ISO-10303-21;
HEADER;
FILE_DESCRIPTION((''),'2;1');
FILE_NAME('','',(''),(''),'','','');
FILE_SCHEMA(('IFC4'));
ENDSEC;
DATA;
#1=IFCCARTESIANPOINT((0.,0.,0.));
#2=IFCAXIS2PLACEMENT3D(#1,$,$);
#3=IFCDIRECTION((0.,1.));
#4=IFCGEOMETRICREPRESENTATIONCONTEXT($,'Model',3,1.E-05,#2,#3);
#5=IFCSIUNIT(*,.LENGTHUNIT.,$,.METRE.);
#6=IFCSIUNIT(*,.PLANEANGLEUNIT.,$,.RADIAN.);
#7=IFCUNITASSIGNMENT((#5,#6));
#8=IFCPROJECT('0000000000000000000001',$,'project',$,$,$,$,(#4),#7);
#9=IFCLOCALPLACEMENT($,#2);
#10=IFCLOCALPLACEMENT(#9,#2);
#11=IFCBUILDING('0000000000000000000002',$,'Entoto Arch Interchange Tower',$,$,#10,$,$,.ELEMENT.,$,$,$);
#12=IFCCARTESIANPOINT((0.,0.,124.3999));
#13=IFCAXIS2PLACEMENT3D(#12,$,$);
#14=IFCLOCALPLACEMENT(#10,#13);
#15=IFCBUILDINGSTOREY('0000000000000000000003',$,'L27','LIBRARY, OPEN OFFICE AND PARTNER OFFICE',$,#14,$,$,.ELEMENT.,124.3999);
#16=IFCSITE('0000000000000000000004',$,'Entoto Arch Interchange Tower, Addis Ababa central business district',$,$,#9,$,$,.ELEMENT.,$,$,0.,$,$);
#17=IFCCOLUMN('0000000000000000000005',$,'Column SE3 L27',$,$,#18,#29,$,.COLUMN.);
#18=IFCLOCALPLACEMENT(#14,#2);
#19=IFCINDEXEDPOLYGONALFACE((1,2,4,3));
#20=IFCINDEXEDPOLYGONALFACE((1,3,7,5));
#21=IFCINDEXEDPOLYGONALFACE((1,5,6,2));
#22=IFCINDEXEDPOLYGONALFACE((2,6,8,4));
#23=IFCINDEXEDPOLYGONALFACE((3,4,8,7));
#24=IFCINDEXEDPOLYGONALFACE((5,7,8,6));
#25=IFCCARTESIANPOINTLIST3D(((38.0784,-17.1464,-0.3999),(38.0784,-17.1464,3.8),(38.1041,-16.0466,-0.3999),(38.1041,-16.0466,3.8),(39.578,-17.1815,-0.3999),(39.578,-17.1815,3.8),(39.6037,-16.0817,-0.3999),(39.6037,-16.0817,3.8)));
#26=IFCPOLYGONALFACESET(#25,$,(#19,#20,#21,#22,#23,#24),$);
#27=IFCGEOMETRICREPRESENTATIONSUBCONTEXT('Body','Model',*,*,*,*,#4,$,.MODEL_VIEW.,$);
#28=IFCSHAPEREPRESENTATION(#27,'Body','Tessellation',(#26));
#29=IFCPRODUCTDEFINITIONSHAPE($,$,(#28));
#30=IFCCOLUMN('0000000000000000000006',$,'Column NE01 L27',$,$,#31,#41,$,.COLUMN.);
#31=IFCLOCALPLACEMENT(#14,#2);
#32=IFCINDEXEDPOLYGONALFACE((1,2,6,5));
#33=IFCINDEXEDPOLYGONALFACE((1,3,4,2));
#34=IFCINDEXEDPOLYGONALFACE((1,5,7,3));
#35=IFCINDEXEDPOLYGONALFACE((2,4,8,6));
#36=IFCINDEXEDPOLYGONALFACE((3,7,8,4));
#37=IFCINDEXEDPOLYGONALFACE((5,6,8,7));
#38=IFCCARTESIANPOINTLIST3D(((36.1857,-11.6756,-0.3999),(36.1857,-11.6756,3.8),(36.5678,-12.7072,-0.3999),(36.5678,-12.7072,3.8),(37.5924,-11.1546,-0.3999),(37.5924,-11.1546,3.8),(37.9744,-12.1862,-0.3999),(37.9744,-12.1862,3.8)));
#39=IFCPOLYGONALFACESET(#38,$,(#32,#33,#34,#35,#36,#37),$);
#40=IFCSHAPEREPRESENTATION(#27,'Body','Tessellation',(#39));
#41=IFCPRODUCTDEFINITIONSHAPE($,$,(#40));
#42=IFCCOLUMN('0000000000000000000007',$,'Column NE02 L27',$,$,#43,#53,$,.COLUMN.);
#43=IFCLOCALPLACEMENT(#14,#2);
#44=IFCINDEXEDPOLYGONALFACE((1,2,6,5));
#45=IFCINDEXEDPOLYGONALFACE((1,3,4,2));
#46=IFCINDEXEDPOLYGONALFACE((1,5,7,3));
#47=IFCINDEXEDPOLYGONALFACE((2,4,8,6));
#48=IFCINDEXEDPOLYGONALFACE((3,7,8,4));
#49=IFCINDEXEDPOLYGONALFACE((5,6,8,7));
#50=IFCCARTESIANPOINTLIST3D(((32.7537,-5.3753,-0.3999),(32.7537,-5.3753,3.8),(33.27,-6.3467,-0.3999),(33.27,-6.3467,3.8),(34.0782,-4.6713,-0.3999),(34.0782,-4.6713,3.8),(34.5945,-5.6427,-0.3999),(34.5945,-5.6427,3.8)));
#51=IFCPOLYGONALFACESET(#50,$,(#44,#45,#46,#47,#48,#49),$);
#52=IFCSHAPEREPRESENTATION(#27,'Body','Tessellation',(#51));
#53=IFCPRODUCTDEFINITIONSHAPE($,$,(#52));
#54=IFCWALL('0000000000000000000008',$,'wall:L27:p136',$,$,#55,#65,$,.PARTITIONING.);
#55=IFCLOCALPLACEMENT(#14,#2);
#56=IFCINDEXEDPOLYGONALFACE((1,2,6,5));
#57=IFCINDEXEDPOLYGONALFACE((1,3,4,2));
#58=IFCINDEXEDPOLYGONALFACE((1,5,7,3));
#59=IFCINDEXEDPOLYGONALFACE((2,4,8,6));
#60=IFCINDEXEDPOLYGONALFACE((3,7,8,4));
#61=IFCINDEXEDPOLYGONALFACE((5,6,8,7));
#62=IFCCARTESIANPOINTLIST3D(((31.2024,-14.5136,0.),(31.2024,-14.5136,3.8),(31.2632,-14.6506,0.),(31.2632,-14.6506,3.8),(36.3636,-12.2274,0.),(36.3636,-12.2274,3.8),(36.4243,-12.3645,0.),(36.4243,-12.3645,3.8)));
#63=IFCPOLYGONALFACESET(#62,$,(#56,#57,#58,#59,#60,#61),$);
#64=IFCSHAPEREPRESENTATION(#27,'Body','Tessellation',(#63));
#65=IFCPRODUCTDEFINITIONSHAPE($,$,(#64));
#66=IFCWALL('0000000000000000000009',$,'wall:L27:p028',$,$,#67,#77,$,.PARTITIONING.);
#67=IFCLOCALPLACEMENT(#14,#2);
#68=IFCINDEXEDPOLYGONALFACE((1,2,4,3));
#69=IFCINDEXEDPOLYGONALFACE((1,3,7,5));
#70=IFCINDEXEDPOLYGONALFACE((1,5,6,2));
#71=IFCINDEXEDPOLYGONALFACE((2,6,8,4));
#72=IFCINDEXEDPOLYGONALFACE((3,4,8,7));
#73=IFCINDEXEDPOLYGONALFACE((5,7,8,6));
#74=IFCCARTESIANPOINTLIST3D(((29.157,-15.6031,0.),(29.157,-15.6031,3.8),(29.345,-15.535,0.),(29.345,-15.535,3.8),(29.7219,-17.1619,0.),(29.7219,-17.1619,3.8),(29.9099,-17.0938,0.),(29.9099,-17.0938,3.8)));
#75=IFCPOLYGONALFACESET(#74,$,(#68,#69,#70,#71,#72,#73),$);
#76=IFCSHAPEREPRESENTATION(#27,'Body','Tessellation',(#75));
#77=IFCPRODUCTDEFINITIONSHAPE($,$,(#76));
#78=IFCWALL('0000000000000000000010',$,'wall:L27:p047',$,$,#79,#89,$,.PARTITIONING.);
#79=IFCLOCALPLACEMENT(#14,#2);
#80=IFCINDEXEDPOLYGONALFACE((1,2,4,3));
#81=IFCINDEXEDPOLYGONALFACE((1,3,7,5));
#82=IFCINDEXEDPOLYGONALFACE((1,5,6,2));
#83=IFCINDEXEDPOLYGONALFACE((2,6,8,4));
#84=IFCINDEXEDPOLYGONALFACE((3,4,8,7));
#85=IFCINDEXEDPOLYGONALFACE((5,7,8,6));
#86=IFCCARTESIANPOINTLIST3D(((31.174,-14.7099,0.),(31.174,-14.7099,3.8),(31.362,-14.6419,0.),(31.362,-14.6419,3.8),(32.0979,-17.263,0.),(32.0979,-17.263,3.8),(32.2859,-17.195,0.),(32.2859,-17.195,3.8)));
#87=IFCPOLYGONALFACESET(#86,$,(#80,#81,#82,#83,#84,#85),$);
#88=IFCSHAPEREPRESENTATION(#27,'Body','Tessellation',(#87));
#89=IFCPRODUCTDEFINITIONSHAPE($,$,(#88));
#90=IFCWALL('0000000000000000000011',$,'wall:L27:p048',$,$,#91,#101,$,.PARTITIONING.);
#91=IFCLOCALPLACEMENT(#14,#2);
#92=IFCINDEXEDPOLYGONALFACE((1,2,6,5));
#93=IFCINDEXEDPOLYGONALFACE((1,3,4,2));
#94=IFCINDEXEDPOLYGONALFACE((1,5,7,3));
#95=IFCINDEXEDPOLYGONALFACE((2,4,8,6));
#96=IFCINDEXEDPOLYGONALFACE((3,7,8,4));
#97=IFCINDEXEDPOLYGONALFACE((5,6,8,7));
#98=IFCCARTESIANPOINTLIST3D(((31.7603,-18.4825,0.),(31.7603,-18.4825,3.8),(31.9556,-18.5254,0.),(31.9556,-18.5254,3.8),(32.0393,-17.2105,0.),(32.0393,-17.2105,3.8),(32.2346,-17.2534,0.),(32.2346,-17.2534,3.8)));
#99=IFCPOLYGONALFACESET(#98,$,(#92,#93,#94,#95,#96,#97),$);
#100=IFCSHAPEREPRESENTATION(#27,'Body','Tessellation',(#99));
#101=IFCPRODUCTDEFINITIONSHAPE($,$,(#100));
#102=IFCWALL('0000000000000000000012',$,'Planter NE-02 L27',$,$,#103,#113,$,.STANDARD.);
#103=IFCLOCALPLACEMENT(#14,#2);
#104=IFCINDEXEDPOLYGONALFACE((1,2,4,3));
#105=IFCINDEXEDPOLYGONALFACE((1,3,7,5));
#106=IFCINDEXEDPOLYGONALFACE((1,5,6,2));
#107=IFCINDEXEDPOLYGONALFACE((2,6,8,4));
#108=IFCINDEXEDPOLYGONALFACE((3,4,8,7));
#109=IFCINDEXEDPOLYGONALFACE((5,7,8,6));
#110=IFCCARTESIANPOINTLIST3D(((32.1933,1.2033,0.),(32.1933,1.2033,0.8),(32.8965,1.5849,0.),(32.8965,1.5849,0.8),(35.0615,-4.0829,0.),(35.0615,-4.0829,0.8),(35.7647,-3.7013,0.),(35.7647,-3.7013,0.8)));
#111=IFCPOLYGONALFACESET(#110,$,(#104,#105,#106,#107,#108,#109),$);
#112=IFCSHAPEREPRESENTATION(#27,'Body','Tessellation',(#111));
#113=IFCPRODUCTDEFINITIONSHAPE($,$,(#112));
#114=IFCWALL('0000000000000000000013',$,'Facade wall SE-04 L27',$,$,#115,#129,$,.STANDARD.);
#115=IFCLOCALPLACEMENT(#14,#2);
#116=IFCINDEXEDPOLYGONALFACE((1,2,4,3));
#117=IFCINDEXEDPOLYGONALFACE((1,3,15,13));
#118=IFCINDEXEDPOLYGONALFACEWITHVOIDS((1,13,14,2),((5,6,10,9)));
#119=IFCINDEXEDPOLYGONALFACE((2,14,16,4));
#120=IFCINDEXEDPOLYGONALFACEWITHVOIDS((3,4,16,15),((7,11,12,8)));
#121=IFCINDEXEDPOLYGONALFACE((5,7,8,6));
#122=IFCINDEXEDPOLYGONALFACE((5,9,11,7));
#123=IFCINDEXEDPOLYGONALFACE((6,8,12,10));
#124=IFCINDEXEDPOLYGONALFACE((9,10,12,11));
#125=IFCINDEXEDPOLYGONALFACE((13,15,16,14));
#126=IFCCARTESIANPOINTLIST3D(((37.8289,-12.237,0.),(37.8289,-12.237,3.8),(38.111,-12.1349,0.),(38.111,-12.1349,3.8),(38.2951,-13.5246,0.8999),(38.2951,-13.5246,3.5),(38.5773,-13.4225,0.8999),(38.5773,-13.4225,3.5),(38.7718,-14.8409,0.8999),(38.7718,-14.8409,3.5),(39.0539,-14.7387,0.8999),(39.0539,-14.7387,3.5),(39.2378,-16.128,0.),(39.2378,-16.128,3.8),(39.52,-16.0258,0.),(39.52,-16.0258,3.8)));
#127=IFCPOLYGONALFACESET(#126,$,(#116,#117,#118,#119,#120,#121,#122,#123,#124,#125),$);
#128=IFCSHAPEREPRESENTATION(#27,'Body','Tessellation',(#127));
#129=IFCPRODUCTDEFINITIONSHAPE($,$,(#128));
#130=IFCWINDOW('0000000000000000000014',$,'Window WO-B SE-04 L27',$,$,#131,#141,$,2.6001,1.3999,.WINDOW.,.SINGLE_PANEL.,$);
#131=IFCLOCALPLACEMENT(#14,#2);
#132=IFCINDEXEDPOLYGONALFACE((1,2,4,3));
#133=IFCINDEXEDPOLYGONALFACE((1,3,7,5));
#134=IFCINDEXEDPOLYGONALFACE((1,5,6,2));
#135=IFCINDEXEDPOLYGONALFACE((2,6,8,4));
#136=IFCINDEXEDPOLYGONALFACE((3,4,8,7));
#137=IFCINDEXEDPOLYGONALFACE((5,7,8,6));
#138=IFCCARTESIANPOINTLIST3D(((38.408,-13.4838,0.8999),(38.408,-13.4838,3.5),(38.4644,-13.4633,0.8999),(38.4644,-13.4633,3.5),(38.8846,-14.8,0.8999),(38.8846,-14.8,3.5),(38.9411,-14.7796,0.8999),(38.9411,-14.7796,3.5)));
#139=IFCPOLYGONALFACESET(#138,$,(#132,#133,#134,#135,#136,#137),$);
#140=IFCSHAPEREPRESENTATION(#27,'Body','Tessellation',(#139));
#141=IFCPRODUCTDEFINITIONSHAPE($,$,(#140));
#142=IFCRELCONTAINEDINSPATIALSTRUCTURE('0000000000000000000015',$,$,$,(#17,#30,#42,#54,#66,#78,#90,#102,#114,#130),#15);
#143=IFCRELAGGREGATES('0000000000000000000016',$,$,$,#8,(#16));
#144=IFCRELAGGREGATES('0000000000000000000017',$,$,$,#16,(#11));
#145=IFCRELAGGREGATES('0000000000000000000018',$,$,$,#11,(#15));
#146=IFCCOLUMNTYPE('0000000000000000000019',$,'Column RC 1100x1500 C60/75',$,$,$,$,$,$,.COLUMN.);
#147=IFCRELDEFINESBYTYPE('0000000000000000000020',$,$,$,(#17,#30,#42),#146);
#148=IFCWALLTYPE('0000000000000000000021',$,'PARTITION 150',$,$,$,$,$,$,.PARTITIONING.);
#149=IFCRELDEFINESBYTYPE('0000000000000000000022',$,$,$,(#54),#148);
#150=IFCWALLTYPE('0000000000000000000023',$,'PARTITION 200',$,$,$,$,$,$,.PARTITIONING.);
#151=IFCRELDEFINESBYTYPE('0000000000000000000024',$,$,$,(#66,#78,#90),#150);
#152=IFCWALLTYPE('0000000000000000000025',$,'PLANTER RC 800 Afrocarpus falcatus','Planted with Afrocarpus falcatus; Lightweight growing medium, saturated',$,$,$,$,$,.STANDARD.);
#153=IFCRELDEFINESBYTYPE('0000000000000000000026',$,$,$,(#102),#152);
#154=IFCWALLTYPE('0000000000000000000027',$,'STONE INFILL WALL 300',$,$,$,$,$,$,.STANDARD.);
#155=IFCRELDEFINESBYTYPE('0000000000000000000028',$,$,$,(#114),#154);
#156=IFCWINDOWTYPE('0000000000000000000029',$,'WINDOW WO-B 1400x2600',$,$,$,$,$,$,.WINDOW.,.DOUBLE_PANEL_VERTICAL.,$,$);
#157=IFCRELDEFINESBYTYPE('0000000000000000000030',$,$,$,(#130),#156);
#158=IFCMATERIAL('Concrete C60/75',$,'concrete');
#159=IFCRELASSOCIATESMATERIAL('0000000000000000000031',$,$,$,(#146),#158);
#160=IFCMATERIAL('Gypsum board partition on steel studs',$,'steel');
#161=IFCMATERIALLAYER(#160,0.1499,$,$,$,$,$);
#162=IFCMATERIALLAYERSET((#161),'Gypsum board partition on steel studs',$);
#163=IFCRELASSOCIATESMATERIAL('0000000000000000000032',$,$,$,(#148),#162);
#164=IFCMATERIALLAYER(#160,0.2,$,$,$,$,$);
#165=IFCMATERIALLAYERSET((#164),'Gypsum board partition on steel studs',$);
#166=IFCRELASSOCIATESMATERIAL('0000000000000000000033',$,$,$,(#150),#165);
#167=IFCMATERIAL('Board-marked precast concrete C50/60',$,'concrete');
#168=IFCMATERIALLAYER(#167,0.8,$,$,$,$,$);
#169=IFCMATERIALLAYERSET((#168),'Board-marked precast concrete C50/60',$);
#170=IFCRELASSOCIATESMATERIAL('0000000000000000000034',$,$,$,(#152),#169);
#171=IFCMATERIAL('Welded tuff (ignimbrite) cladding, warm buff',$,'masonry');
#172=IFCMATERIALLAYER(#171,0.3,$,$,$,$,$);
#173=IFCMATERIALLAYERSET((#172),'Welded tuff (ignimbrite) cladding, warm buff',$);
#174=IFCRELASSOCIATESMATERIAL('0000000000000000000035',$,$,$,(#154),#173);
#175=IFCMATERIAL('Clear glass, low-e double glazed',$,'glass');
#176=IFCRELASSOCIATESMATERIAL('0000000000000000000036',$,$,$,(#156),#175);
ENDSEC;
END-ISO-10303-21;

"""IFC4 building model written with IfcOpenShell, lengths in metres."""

from ifc_helpers import new_model, si_unit, direction, frame, frame_2d, origin, origin_2d, place, context, subcontext, project, spatial, rectangle, extrude, material, layer, layer_set, material_profile, profile_set, type_object, element, fill, save


model = new_model("IFC4")

# Units and contexts
model_context = context("Model", 3, precision=1e-05, world=origin(), true_north=direction((0.0, 1.0)))
body_context = subcontext(model_context, "Body", "Model", "MODEL_VIEW")
ifc_project = project(units=[si_unit("LENGTHUNIT", "METRE"), si_unit("PLANEANGLEUNIT", "RADIAN")], contexts=[model_context])

# Site, building, storey
site_placement = place(None, origin())
site = spatial("IfcSite", under=ifc_project, at=site_placement, Name="Entoto Arch Interchange Tower, Addis Ababa central business district", CompositionType="ELEMENT", RefElevation=0.0)
building_placement = place(site_placement, origin())
building = spatial("IfcBuilding", under=site, at=building_placement, Name="Entoto Arch Interchange Tower", CompositionType="ELEMENT")
storey_placement = place(building_placement, frame((0.0, 0.0, 124.3999)))
storey = spatial("IfcBuildingStorey", under=building, at=storey_placement, Name="L27", Description="LIBRARY, OPEN OFFICE AND PARTNER OFFICE", CompositionType="ELEMENT", Elevation=124.3999)

# Columns
ifc_material_1 = material(Name="Concrete C60/75", Category="concrete")
ifc_material_profile = material_profile(ifc_material_1, rectangle(XDim=1.1001, YDim=1.5, at=origin_2d()))
ifc_profile_set = profile_set([ifc_material_profile], Name="Concrete C60/75")
column_type = type_object("IfcColumnType", Name="Column RC 1100x1500 C60/75", PredefinedType="COLUMN", material=ifc_profile_set)
for number, where, z_axis, x_axis, name in (
    (1, (38.8411, -16.614, -0.3999), (0.0, 0.0, 1.0), (0.023385, 0.999727, 0.0), "Column SE3 L27"),
    (2, (37.0801, -11.9309, -0.3999), (0.0, 0.0, 1.0), (-0.347312, 0.93775, 0.0), "Column NE01 L27"),
    (3, (33.6741, -5.509, -0.3999), (0.0, 0.0, 1.0), (-0.469333, 0.883021, 0.0), "Column NE02 L27"),
):
    element("IfcColumn", number, at=place(storey_placement, frame(where, z_axis=z_axis, x_axis=x_axis)), inside=storey, type_object=column_type, Name=name, PredefinedType="COLUMN", context=body_context, shape_type="SweptSolid", body=[
        extrude(rectangle(XDim=1.1001, YDim=1.5, at=origin_2d()), origin(), (0.0, 0.0, 1.0), 4.2),
    ])

# Walls
ifc_material_2 = material(Name="Gypsum board partition on steel studs", Category="steel")
ifc_layer_1 = layer(ifc_material_2, 0.1499)
ifc_layer_set_1 = layer_set([ifc_layer_1], Name="Gypsum board partition on steel studs")
wall_type_1 = type_object("IfcWallType", Name="PARTITION 150", PredefinedType="PARTITIONING", material=ifc_layer_set_1)
wall_1_placement = place(storey_placement, frame((31.2329, -14.582, 0.0), z_axis=(0.0, 0.0, 1.0), x_axis=(0.914317, 0.404998, 0.0)))
element("IfcWall", 4, at=wall_1_placement, inside=storey, type_object=wall_type_1, Name="wall:L27:p136", PredefinedType="PARTITIONING", context=body_context, shape_type="SweptSolid", body=[
    extrude(rectangle(XDim=5.6448, YDim=0.1499, at=frame_2d((2.8223, 0.0))), origin(), (0.0, 0.0, 1.0), 3.8),
])
ifc_layer_2 = layer(ifc_material_2, 0.2)
ifc_layer_set_2 = layer_set([ifc_layer_2], Name="Gypsum board partition on steel studs")
wall_type_2 = type_object("IfcWallType", Name="PARTITION 200", PredefinedType="PARTITIONING", material=ifc_layer_set_2)
wall_2_placement = place(storey_placement, frame((29.8159, -17.1279, 0.0), z_axis=(0.0, 0.0, 1.0), x_axis=(-0.340726, 0.940163, 0.0)))
element("IfcWall", 5, at=wall_2_placement, inside=storey, type_object=wall_type_2, Name="wall:L27:p028", PredefinedType="PARTITIONING", context=body_context, shape_type="SweptSolid", body=[
    extrude(rectangle(XDim=1.658, YDim=0.2, at=frame_2d((0.8291, 0.0))), origin(), (0.0, 0.0, 1.0), 3.8),
])
wall_3_placement = place(storey_placement, frame((31.2681, -14.676, 0.0), z_axis=(0.0, 0.0, 1.0), x_axis=(0.34027, -0.940328, 0.0)))
element("IfcWall", 6, at=wall_3_placement, inside=storey, type_object=wall_type_2, Name="wall:L27:p047", PredefinedType="PARTITIONING", context=body_context, shape_type="SweptSolid", body=[
    extrude(rectangle(XDim=2.7151, YDim=0.2, at=frame_2d((1.3574, 0.0))), origin(), (0.0, 0.0, 1.0), 3.8),
])
wall_4_placement = place(storey_placement, frame((32.137, -17.2319, 0.0), z_axis=(0.0, 0.0, 1.0), x_axis=(-0.21429, -0.97677, 0.0)))
element("IfcWall", 7, at=wall_4_placement, inside=storey, type_object=wall_type_2, Name="wall:L27:p048", PredefinedType="PARTITIONING", context=body_context, shape_type="SweptSolid", body=[
    extrude(rectangle(XDim=1.3022, YDim=0.2, at=frame_2d((0.6511, 0.0))), origin(), (0.0, 0.0, 1.0), 3.8),
])
ifc_material_3 = material(Name="Board-marked precast concrete C50/60", Category="concrete")
ifc_layer_3 = layer(ifc_material_3, 0.8)
ifc_layer_set_3 = layer_set([ifc_layer_3], Name="Board-marked precast concrete C50/60")
wall_type_3 = type_object("IfcWallType", Name="PLANTER RC 800 Afrocarpus falcatus", Description="Planted with Afrocarpus falcatus; Lightweight growing medium, saturated", PredefinedType="STANDARD", material=ifc_layer_set_3)
wall_5_placement = place(storey_placement, frame((35.4131, -3.8921, 0.0), z_axis=(0.0, 0.0, 1.0), x_axis=(-0.476906, 0.878955, 0.0)))
element("IfcWall", 8, at=wall_5_placement, inside=storey, type_object=wall_type_3, Name="Planter NE-02 L27", PredefinedType="STANDARD", context=body_context, shape_type="SweptSolid", body=[
    extrude(rectangle(XDim=6.0142, YDim=0.8, at=frame_2d((3.0071, 0.0))), origin(), (0.0, 0.0, 1.0), 0.8),
])

# Wall, opening, window
ifc_material_4 = material(Name="Welded tuff (ignimbrite) cladding, warm buff", Category="masonry")
ifc_layer_4 = layer(ifc_material_4, 0.3)
ifc_layer_set_4 = layer_set([ifc_layer_4], Name="Welded tuff (ignimbrite) cladding, warm buff")
wall_type_4 = type_object("IfcWallType", Name="STONE INFILL WALL 300", PredefinedType="STANDARD", material=ifc_layer_set_4)
wall_6_placement = place(storey_placement, frame((39.3789, -16.0769, 0.0), z_axis=(0.0, 0.0, 1.0), x_axis=(-0.340478, 0.940252, 0.0)))
wall_6 = element("IfcWall", 9, at=wall_6_placement, inside=storey, type_object=wall_type_4, Name="Facade wall SE-04 L27", PredefinedType="STANDARD", context=body_context, shape_type="SweptSolid", body=[
    extrude(rectangle(XDim=4.1382, YDim=0.3, at=frame_2d((2.0691, 0.0))), origin(), (0.0, 0.0, 1.0), 3.8),
])
opening_1_placement = place(wall_6_placement, frame((1.3689, 0.0, 0.8999)))
opening_1 = element("IfcOpeningElement", 10, at=opening_1_placement, cuts=wall_6, PredefinedType="OPENING", context=body_context, shape_type="SweptSolid", body=[
    extrude(rectangle(XDim=1.3999, YDim=2.6001, at=frame_2d((0.7, 1.3))), frame((0.0, 0.1602, 0.0), z_axis=(0.0, -1.0, 0.0), x_axis=(1.0, 0.0, 0.0)), (0.0, 0.0, 1.0), 0.3201),
])
ifc_material_5 = material(Name="Clear glass, low-e double glazed", Category="glass")
window_type_1 = type_object("IfcWindowType", Name="WINDOW WO-B 1400x2600", PartitioningType="DOUBLE_PANEL_VERTICAL", PredefinedType="WINDOW", material=ifc_material_5)
window_1_placement = place(opening_1_placement, origin())
window_1 = element("IfcWindow", 11, at=window_1_placement, inside=storey, type_object=window_type_1, Name="Window WO-B SE-04 L27", OverallHeight=2.6001, OverallWidth=1.3999, PartitioningType="SINGLE_PANEL", PredefinedType="WINDOW", context=body_context, shape_type="SweptSolid", body=[
    extrude(rectangle(XDim=1.3999, YDim=2.6001, at=frame_2d((0.7, 1.3))), frame((0.0, 0.03, 0.0), z_axis=(0.0, -1.0, 0.0), x_axis=(1.0, 0.0, 0.0)), (0.0, 0.0, 1.0), 0.0601),
])
fill(opening_1, window_1)

save(model, "model.ifc")
